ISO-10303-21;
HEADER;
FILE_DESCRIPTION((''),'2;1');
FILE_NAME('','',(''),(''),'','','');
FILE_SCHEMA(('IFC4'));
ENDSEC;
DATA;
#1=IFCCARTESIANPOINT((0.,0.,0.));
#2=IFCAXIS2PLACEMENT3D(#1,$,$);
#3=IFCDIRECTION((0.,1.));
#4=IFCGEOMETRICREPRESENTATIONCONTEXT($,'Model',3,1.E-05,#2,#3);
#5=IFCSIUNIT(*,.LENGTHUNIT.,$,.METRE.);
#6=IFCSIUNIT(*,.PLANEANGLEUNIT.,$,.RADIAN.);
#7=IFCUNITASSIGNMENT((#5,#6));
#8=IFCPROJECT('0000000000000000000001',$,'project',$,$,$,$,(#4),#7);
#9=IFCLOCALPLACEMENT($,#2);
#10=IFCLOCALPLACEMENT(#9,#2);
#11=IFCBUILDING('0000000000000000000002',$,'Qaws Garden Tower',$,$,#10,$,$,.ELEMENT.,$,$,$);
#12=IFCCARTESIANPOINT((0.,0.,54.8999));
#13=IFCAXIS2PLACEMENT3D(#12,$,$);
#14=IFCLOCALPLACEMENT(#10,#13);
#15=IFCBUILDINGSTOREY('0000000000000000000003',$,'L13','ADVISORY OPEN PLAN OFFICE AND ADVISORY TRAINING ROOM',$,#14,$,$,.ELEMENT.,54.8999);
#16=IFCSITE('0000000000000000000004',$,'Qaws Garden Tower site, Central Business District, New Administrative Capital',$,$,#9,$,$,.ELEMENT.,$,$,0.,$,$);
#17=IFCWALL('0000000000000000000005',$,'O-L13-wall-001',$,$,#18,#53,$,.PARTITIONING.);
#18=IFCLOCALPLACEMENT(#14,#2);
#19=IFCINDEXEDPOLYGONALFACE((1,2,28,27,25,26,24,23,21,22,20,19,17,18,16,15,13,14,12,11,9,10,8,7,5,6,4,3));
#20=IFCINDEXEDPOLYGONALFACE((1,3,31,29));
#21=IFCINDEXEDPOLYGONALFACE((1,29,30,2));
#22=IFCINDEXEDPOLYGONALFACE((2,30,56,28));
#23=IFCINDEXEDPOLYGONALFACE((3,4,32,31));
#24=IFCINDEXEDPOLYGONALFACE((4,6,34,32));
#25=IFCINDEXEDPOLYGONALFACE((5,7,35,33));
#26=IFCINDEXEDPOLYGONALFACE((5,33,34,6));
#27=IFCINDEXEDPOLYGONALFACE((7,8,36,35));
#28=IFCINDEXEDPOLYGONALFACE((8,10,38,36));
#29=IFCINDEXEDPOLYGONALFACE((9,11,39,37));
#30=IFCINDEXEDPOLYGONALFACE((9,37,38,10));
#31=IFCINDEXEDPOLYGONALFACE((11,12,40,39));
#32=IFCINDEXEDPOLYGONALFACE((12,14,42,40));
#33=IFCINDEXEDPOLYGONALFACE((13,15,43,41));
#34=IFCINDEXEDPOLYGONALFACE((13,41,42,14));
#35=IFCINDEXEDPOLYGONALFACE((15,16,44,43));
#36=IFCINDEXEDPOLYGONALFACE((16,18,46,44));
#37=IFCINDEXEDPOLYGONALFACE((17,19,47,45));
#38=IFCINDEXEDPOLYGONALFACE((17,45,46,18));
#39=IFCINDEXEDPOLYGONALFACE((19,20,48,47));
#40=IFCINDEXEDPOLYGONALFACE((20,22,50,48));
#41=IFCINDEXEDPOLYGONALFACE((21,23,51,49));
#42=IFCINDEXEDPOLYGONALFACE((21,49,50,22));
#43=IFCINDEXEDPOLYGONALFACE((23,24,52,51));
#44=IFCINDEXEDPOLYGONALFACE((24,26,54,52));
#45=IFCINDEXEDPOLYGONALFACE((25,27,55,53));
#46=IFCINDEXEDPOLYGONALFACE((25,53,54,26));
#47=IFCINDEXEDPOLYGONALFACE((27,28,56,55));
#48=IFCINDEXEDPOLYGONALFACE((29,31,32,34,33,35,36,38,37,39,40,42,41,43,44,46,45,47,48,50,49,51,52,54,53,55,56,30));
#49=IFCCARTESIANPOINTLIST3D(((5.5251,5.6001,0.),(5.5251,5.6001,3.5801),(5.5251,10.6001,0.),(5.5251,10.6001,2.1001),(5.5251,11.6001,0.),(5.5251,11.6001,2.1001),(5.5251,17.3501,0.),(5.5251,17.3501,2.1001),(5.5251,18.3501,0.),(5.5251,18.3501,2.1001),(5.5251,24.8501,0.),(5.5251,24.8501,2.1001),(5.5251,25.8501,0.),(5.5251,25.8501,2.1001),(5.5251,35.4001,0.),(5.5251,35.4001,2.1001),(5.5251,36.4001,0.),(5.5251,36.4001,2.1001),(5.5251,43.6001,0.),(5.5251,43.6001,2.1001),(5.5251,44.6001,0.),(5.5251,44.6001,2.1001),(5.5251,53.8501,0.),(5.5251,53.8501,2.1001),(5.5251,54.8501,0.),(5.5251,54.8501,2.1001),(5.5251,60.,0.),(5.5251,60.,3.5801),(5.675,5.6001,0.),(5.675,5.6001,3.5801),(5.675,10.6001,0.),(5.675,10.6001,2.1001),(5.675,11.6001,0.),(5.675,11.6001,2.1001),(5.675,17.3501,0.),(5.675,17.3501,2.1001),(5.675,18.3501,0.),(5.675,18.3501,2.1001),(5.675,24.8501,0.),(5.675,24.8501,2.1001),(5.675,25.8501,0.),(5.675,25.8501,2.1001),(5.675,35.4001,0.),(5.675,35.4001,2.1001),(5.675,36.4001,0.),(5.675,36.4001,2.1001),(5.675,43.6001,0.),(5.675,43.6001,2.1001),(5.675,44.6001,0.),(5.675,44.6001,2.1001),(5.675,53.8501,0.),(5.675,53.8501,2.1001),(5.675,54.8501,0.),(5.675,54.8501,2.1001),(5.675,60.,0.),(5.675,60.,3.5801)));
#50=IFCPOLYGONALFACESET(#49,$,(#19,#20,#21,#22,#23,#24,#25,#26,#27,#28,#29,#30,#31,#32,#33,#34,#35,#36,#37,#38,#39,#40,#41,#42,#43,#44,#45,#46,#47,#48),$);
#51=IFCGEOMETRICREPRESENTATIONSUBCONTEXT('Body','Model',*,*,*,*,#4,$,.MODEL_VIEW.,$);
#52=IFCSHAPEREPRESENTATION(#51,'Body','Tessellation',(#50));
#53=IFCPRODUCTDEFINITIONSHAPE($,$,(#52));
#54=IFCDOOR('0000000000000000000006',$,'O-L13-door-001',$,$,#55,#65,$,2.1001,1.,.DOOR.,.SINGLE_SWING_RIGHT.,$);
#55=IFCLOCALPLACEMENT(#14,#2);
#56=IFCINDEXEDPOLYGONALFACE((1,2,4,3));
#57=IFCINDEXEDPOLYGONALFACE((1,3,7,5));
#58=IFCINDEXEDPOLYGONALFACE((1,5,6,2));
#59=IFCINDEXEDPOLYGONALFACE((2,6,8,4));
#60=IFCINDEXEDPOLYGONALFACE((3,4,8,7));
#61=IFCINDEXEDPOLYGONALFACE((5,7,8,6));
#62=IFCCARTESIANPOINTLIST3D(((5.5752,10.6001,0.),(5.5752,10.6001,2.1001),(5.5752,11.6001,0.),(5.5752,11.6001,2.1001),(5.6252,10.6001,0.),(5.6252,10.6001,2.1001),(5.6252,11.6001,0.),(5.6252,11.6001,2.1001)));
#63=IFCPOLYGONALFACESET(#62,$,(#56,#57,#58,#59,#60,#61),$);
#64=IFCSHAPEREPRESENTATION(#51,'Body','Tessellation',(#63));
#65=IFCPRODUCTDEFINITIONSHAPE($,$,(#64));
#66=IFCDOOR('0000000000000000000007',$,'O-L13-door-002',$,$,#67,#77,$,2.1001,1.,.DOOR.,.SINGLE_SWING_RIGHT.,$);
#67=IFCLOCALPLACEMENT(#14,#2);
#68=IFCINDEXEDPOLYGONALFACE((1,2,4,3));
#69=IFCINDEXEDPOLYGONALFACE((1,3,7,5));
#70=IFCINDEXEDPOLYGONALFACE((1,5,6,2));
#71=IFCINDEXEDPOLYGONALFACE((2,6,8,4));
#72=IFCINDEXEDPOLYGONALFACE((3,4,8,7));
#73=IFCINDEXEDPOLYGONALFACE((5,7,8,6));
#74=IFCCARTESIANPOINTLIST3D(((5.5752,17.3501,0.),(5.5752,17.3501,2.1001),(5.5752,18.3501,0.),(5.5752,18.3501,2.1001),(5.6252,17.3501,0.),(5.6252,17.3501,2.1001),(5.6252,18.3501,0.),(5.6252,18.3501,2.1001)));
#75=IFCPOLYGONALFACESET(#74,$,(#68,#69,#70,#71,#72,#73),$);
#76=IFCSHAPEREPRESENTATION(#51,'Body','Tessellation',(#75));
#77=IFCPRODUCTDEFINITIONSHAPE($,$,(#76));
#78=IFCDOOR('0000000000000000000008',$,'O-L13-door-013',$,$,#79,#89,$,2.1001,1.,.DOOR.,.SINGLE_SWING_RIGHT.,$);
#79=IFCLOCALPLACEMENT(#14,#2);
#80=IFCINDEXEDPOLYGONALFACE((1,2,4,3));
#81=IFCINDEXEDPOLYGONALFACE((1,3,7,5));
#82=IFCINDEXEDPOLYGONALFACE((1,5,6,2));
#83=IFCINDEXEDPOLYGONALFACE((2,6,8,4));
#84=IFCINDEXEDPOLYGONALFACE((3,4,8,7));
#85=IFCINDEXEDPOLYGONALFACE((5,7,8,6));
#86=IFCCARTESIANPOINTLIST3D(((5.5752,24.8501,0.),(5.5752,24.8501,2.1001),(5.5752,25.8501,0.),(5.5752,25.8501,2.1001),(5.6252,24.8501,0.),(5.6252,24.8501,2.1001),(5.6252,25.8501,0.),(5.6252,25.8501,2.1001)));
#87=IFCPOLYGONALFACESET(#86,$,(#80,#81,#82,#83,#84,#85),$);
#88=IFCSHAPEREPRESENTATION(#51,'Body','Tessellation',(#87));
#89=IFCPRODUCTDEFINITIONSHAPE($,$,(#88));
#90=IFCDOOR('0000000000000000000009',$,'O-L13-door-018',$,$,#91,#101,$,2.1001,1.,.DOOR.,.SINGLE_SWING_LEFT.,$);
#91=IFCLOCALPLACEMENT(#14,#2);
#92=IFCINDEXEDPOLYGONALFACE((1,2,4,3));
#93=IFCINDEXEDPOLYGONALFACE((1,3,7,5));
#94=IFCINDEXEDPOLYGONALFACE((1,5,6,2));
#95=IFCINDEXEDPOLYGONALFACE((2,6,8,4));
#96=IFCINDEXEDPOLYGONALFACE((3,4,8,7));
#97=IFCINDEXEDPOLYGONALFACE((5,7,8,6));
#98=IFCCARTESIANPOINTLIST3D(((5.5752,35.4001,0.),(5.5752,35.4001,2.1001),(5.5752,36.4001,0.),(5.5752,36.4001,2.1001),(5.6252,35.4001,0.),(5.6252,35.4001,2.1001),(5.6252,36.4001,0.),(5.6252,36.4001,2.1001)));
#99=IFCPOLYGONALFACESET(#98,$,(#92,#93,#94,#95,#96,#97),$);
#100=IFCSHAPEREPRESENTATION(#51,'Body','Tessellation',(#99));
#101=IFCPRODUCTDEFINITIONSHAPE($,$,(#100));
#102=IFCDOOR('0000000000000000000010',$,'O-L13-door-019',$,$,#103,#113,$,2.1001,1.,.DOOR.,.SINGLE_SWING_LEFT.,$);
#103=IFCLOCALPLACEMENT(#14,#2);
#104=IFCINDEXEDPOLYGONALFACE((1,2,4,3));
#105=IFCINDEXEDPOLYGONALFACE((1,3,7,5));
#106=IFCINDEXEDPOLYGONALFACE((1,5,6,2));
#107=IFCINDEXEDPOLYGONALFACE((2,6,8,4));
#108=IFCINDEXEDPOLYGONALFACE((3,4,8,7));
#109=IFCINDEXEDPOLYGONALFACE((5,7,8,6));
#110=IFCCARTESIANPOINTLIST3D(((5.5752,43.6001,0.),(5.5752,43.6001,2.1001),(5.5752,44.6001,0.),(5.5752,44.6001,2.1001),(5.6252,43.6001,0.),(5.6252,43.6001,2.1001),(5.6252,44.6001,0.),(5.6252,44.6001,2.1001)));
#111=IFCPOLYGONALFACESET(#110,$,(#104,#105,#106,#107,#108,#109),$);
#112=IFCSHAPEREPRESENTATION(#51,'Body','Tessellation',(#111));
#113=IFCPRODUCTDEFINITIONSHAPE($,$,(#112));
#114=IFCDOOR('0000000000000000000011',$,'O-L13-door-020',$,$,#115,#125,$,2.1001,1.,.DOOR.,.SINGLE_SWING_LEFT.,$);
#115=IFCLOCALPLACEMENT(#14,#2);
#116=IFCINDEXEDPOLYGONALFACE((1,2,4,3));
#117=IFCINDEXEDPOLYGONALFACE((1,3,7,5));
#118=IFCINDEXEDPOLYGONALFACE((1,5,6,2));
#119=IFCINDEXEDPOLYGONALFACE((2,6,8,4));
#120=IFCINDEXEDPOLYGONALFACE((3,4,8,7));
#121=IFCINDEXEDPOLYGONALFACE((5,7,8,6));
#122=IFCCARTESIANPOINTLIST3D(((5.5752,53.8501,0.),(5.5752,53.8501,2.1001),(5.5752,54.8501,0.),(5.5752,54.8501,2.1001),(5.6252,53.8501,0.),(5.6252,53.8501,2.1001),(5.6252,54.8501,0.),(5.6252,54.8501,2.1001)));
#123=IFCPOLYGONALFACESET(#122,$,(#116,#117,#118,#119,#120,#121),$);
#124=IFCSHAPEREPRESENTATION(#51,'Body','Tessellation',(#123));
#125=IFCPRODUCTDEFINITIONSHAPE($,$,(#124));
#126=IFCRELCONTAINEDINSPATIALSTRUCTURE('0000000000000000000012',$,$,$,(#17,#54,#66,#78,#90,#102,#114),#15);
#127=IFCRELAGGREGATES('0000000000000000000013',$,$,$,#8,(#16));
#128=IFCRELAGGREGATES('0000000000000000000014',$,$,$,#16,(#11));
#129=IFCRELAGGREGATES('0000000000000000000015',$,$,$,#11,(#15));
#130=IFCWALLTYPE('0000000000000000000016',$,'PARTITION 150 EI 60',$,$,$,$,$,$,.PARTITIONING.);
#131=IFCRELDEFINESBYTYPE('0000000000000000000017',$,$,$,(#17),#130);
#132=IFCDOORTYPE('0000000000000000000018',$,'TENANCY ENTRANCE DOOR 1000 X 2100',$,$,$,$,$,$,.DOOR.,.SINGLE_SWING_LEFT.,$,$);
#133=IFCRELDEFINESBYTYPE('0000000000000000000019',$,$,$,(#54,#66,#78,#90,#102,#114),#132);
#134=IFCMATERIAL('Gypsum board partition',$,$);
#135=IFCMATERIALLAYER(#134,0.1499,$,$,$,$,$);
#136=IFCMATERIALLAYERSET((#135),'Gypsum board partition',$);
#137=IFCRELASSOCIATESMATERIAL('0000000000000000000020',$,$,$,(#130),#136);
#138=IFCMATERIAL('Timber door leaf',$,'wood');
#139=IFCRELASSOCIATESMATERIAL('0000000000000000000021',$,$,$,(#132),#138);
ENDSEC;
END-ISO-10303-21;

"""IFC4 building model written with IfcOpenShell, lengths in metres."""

from ifc_helpers import new_model, si_unit, direction, frame, frame_2d, origin, place, context, subcontext, project, spatial, rectangle, extrude, material, layer, layer_set, type_object, element, fill, save


model = new_model("IFC4")

# Units and contexts
model_context = context("Model", 3, precision=1e-05, world=origin(), true_north=direction((0.0, 1.0)))
body_context = subcontext(model_context, "Body", "Model", "MODEL_VIEW")
ifc_project = project(units=[si_unit("LENGTHUNIT", "METRE"), si_unit("PLANEANGLEUNIT", "RADIAN")], contexts=[model_context])

# Site, building, storey
site_placement = place(None, origin())
site = spatial("IfcSite", under=ifc_project, at=site_placement, Name="Qaws Garden Tower site, Central Business District, New Administrative Capital", CompositionType="ELEMENT", RefElevation=0.0)
building_placement = place(site_placement, origin())
building = spatial("IfcBuilding", under=site, at=building_placement, Name="Qaws Garden Tower", CompositionType="ELEMENT")
storey_placement = place(building_placement, frame((0.0, 0.0, 54.8999)))
storey = spatial("IfcBuildingStorey", under=building, at=storey_placement, Name="L13", Description="ADVISORY OPEN PLAN OFFICE AND ADVISORY TRAINING ROOM", CompositionType="ELEMENT", Elevation=54.8999)

# Wall, openings, doors
ifc_material_1 = material(Name="Gypsum board partition")
ifc_layer_1 = layer(ifc_material_1, 0.1499)
ifc_layer_set_1 = layer_set([ifc_layer_1], Name="Gypsum board partition")
wall_type_1 = type_object("IfcWallType", Name="PARTITION 150 EI 60", PredefinedType="PARTITIONING", material=ifc_layer_set_1)
wall_1_placement = place(storey_placement, frame((5.6001, 5.6001, 0.0), z_axis=(0.0, 0.0, 1.0), x_axis=(0.0, 1.0, 0.0)))
wall_1 = element("IfcWall", 1, at=wall_1_placement, inside=storey, type_object=wall_type_1, Name="O-L13-wall-001", PredefinedType="PARTITIONING", context=body_context, shape_type="SweptSolid", body=[
    extrude(rectangle(XDim=54.3999, YDim=0.1499, at=frame_2d((27.2, 0.0))), origin(), (0.0, 0.0, 1.0), 3.5801),
])
opening_1_placement = place(wall_1_placement, frame((5.0, 0.0, 0.0)))
opening_1 = element("IfcOpeningElement", 2, at=opening_1_placement, cuts=wall_1, PredefinedType="OPENING", context=body_context, shape_type="SweptSolid", body=[
    extrude(rectangle(XDim=1.0, YDim=2.1001, at=frame_2d((0.5, 1.05))), frame((0.0, 0.085, 0.0), z_axis=(0.0, -1.0, 0.0), x_axis=(1.0, 0.0, 0.0)), (0.0, 0.0, 1.0), 0.1699),
])
opening_2_placement = place(wall_1_placement, frame((11.75, 0.0, 0.0)))
opening_2 = element("IfcOpeningElement", 3, at=opening_2_placement, cuts=wall_1, PredefinedType="OPENING", context=body_context, shape_type="SweptSolid", body=[
    extrude(rectangle(XDim=1.0, YDim=2.1001, at=frame_2d((0.5, 1.05))), frame((0.0, 0.085, 0.0), z_axis=(0.0, -1.0, 0.0), x_axis=(1.0, 0.0, 0.0)), (0.0, 0.0, 1.0), 0.1699),
])
opening_3_placement = place(wall_1_placement, frame((19.25, 0.0, 0.0)))
opening_3 = element("IfcOpeningElement", 4, at=opening_3_placement, cuts=wall_1, PredefinedType="OPENING", context=body_context, shape_type="SweptSolid", body=[
    extrude(rectangle(XDim=1.0, YDim=2.1001, at=frame_2d((0.5, 1.05))), frame((0.0, 0.085, 0.0), z_axis=(0.0, -1.0, 0.0), x_axis=(1.0, 0.0, 0.0)), (0.0, 0.0, 1.0), 0.1699),
])
opening_4_placement = place(wall_1_placement, frame((29.8, 0.0, 0.0)))
opening_4 = element("IfcOpeningElement", 5, at=opening_4_placement, cuts=wall_1, PredefinedType="OPENING", context=body_context, shape_type="SweptSolid", body=[
    extrude(rectangle(XDim=1.0, YDim=2.1001, at=frame_2d((0.5, 1.05))), frame((0.0, 0.085, 0.0), z_axis=(0.0, -1.0, 0.0), x_axis=(1.0, 0.0, 0.0)), (0.0, 0.0, 1.0), 0.1699),
])
opening_5_placement = place(wall_1_placement, frame((38.0, 0.0, 0.0)))
opening_5 = element("IfcOpeningElement", 6, at=opening_5_placement, cuts=wall_1, PredefinedType="OPENING", context=body_context, shape_type="SweptSolid", body=[
    extrude(rectangle(XDim=1.0, YDim=2.1001, at=frame_2d((0.5, 1.05))), frame((0.0, 0.085, 0.0), z_axis=(0.0, -1.0, 0.0), x_axis=(1.0, 0.0, 0.0)), (0.0, 0.0, 1.0), 0.1699),
])
opening_6_placement = place(wall_1_placement, frame((48.25, 0.0, 0.0)))
opening_6 = element("IfcOpeningElement", 7, at=opening_6_placement, cuts=wall_1, PredefinedType="OPENING", context=body_context, shape_type="SweptSolid", body=[
    extrude(rectangle(XDim=1.0, YDim=2.1001, at=frame_2d((0.5, 1.05))), frame((0.0, 0.085, 0.0), z_axis=(0.0, -1.0, 0.0), x_axis=(1.0, 0.0, 0.0)), (0.0, 0.0, 1.0), 0.1699),
])
ifc_material_2 = material(Name="Timber door leaf", Category="wood")
door_type_1 = type_object("IfcDoorType", Name="TENANCY ENTRANCE DOOR 1000 X 2100", OperationType="SINGLE_SWING_LEFT", PredefinedType="DOOR", material=ifc_material_2)
door_1_placement = place(opening_1_placement, origin())
door_1 = element("IfcDoor", 8, at=door_1_placement, inside=storey, type_object=door_type_1, Name="O-L13-door-001", OperationType="SINGLE_SWING_RIGHT", OverallHeight=2.1001, OverallWidth=1.0, PredefinedType="DOOR", context=body_context, shape_type="SweptSolid", body=[
    extrude(rectangle(XDim=1.0, YDim=2.1001, at=frame_2d((0.5, 1.05))), frame((0.0, 0.0249, 0.0), z_axis=(0.0, -1.0, 0.0), x_axis=(1.0, 0.0, 0.0)), (0.0, 0.0, 1.0), 0.05),
])
fill(opening_1, door_1)
door_2_placement = place(opening_2_placement, origin())
door_2 = element("IfcDoor", 9, at=door_2_placement, inside=storey, type_object=door_type_1, Name="O-L13-door-002", OperationType="SINGLE_SWING_RIGHT", OverallHeight=2.1001, OverallWidth=1.0, PredefinedType="DOOR", context=body_context, shape_type="SweptSolid", body=[
    extrude(rectangle(XDim=1.0, YDim=2.1001, at=frame_2d((0.5, 1.05))), frame((0.0, 0.0249, 0.0), z_axis=(0.0, -1.0, 0.0), x_axis=(1.0, 0.0, 0.0)), (0.0, 0.0, 1.0), 0.05),
])
fill(opening_2, door_2)
door_3_placement = place(opening_3_placement, origin())
door_3 = element("IfcDoor", 10, at=door_3_placement, inside=storey, type_object=door_type_1, Name="O-L13-door-013", OperationType="SINGLE_SWING_RIGHT", OverallHeight=2.1001, OverallWidth=1.0, PredefinedType="DOOR", context=body_context, shape_type="SweptSolid", body=[
    extrude(rectangle(XDim=1.0, YDim=2.1001, at=frame_2d((0.5, 1.05))), frame((0.0, 0.0249, 0.0), z_axis=(0.0, -1.0, 0.0), x_axis=(1.0, 0.0, 0.0)), (0.0, 0.0, 1.0), 0.05),
])
fill(opening_3, door_3)
door_4_placement = place(opening_4_placement, origin())
door_4 = element("IfcDoor", 11, at=door_4_placement, inside=storey, type_object=door_type_1, Name="O-L13-door-018", OperationType="SINGLE_SWING_LEFT", OverallHeight=2.1001, OverallWidth=1.0, PredefinedType="DOOR", context=body_context, shape_type="SweptSolid", body=[
    extrude(rectangle(XDim=1.0, YDim=2.1001, at=frame_2d((0.5, 1.05))), frame((0.0, 0.0249, 0.0), z_axis=(0.0, -1.0, 0.0), x_axis=(1.0, 0.0, 0.0)), (0.0, 0.0, 1.0), 0.05),
])
fill(opening_4, door_4)
door_5_placement = place(opening_5_placement, origin())
door_5 = element("IfcDoor", 12, at=door_5_placement, inside=storey, type_object=door_type_1, Name="O-L13-door-019", OperationType="SINGLE_SWING_LEFT", OverallHeight=2.1001, OverallWidth=1.0, PredefinedType="DOOR", context=body_context, shape_type="SweptSolid", body=[
    extrude(rectangle(XDim=1.0, YDim=2.1001, at=frame_2d((0.5, 1.05))), frame((0.0, 0.0249, 0.0), z_axis=(0.0, -1.0, 0.0), x_axis=(1.0, 0.0, 0.0)), (0.0, 0.0, 1.0), 0.05),
])
fill(opening_5, door_5)
door_6_placement = place(opening_6_placement, origin())
door_6 = element("IfcDoor", 13, at=door_6_placement, inside=storey, type_object=door_type_1, Name="O-L13-door-020", OperationType="SINGLE_SWING_LEFT", OverallHeight=2.1001, OverallWidth=1.0, PredefinedType="DOOR", context=body_context, shape_type="SweptSolid", body=[
    extrude(rectangle(XDim=1.0, YDim=2.1001, at=frame_2d((0.5, 1.05))), frame((0.0, 0.0249, 0.0), z_axis=(0.0, -1.0, 0.0), x_axis=(1.0, 0.0, 0.0)), (0.0, 0.0, 1.0), 0.05),
])
fill(opening_6, door_6)

save(model, "model.ifc")
